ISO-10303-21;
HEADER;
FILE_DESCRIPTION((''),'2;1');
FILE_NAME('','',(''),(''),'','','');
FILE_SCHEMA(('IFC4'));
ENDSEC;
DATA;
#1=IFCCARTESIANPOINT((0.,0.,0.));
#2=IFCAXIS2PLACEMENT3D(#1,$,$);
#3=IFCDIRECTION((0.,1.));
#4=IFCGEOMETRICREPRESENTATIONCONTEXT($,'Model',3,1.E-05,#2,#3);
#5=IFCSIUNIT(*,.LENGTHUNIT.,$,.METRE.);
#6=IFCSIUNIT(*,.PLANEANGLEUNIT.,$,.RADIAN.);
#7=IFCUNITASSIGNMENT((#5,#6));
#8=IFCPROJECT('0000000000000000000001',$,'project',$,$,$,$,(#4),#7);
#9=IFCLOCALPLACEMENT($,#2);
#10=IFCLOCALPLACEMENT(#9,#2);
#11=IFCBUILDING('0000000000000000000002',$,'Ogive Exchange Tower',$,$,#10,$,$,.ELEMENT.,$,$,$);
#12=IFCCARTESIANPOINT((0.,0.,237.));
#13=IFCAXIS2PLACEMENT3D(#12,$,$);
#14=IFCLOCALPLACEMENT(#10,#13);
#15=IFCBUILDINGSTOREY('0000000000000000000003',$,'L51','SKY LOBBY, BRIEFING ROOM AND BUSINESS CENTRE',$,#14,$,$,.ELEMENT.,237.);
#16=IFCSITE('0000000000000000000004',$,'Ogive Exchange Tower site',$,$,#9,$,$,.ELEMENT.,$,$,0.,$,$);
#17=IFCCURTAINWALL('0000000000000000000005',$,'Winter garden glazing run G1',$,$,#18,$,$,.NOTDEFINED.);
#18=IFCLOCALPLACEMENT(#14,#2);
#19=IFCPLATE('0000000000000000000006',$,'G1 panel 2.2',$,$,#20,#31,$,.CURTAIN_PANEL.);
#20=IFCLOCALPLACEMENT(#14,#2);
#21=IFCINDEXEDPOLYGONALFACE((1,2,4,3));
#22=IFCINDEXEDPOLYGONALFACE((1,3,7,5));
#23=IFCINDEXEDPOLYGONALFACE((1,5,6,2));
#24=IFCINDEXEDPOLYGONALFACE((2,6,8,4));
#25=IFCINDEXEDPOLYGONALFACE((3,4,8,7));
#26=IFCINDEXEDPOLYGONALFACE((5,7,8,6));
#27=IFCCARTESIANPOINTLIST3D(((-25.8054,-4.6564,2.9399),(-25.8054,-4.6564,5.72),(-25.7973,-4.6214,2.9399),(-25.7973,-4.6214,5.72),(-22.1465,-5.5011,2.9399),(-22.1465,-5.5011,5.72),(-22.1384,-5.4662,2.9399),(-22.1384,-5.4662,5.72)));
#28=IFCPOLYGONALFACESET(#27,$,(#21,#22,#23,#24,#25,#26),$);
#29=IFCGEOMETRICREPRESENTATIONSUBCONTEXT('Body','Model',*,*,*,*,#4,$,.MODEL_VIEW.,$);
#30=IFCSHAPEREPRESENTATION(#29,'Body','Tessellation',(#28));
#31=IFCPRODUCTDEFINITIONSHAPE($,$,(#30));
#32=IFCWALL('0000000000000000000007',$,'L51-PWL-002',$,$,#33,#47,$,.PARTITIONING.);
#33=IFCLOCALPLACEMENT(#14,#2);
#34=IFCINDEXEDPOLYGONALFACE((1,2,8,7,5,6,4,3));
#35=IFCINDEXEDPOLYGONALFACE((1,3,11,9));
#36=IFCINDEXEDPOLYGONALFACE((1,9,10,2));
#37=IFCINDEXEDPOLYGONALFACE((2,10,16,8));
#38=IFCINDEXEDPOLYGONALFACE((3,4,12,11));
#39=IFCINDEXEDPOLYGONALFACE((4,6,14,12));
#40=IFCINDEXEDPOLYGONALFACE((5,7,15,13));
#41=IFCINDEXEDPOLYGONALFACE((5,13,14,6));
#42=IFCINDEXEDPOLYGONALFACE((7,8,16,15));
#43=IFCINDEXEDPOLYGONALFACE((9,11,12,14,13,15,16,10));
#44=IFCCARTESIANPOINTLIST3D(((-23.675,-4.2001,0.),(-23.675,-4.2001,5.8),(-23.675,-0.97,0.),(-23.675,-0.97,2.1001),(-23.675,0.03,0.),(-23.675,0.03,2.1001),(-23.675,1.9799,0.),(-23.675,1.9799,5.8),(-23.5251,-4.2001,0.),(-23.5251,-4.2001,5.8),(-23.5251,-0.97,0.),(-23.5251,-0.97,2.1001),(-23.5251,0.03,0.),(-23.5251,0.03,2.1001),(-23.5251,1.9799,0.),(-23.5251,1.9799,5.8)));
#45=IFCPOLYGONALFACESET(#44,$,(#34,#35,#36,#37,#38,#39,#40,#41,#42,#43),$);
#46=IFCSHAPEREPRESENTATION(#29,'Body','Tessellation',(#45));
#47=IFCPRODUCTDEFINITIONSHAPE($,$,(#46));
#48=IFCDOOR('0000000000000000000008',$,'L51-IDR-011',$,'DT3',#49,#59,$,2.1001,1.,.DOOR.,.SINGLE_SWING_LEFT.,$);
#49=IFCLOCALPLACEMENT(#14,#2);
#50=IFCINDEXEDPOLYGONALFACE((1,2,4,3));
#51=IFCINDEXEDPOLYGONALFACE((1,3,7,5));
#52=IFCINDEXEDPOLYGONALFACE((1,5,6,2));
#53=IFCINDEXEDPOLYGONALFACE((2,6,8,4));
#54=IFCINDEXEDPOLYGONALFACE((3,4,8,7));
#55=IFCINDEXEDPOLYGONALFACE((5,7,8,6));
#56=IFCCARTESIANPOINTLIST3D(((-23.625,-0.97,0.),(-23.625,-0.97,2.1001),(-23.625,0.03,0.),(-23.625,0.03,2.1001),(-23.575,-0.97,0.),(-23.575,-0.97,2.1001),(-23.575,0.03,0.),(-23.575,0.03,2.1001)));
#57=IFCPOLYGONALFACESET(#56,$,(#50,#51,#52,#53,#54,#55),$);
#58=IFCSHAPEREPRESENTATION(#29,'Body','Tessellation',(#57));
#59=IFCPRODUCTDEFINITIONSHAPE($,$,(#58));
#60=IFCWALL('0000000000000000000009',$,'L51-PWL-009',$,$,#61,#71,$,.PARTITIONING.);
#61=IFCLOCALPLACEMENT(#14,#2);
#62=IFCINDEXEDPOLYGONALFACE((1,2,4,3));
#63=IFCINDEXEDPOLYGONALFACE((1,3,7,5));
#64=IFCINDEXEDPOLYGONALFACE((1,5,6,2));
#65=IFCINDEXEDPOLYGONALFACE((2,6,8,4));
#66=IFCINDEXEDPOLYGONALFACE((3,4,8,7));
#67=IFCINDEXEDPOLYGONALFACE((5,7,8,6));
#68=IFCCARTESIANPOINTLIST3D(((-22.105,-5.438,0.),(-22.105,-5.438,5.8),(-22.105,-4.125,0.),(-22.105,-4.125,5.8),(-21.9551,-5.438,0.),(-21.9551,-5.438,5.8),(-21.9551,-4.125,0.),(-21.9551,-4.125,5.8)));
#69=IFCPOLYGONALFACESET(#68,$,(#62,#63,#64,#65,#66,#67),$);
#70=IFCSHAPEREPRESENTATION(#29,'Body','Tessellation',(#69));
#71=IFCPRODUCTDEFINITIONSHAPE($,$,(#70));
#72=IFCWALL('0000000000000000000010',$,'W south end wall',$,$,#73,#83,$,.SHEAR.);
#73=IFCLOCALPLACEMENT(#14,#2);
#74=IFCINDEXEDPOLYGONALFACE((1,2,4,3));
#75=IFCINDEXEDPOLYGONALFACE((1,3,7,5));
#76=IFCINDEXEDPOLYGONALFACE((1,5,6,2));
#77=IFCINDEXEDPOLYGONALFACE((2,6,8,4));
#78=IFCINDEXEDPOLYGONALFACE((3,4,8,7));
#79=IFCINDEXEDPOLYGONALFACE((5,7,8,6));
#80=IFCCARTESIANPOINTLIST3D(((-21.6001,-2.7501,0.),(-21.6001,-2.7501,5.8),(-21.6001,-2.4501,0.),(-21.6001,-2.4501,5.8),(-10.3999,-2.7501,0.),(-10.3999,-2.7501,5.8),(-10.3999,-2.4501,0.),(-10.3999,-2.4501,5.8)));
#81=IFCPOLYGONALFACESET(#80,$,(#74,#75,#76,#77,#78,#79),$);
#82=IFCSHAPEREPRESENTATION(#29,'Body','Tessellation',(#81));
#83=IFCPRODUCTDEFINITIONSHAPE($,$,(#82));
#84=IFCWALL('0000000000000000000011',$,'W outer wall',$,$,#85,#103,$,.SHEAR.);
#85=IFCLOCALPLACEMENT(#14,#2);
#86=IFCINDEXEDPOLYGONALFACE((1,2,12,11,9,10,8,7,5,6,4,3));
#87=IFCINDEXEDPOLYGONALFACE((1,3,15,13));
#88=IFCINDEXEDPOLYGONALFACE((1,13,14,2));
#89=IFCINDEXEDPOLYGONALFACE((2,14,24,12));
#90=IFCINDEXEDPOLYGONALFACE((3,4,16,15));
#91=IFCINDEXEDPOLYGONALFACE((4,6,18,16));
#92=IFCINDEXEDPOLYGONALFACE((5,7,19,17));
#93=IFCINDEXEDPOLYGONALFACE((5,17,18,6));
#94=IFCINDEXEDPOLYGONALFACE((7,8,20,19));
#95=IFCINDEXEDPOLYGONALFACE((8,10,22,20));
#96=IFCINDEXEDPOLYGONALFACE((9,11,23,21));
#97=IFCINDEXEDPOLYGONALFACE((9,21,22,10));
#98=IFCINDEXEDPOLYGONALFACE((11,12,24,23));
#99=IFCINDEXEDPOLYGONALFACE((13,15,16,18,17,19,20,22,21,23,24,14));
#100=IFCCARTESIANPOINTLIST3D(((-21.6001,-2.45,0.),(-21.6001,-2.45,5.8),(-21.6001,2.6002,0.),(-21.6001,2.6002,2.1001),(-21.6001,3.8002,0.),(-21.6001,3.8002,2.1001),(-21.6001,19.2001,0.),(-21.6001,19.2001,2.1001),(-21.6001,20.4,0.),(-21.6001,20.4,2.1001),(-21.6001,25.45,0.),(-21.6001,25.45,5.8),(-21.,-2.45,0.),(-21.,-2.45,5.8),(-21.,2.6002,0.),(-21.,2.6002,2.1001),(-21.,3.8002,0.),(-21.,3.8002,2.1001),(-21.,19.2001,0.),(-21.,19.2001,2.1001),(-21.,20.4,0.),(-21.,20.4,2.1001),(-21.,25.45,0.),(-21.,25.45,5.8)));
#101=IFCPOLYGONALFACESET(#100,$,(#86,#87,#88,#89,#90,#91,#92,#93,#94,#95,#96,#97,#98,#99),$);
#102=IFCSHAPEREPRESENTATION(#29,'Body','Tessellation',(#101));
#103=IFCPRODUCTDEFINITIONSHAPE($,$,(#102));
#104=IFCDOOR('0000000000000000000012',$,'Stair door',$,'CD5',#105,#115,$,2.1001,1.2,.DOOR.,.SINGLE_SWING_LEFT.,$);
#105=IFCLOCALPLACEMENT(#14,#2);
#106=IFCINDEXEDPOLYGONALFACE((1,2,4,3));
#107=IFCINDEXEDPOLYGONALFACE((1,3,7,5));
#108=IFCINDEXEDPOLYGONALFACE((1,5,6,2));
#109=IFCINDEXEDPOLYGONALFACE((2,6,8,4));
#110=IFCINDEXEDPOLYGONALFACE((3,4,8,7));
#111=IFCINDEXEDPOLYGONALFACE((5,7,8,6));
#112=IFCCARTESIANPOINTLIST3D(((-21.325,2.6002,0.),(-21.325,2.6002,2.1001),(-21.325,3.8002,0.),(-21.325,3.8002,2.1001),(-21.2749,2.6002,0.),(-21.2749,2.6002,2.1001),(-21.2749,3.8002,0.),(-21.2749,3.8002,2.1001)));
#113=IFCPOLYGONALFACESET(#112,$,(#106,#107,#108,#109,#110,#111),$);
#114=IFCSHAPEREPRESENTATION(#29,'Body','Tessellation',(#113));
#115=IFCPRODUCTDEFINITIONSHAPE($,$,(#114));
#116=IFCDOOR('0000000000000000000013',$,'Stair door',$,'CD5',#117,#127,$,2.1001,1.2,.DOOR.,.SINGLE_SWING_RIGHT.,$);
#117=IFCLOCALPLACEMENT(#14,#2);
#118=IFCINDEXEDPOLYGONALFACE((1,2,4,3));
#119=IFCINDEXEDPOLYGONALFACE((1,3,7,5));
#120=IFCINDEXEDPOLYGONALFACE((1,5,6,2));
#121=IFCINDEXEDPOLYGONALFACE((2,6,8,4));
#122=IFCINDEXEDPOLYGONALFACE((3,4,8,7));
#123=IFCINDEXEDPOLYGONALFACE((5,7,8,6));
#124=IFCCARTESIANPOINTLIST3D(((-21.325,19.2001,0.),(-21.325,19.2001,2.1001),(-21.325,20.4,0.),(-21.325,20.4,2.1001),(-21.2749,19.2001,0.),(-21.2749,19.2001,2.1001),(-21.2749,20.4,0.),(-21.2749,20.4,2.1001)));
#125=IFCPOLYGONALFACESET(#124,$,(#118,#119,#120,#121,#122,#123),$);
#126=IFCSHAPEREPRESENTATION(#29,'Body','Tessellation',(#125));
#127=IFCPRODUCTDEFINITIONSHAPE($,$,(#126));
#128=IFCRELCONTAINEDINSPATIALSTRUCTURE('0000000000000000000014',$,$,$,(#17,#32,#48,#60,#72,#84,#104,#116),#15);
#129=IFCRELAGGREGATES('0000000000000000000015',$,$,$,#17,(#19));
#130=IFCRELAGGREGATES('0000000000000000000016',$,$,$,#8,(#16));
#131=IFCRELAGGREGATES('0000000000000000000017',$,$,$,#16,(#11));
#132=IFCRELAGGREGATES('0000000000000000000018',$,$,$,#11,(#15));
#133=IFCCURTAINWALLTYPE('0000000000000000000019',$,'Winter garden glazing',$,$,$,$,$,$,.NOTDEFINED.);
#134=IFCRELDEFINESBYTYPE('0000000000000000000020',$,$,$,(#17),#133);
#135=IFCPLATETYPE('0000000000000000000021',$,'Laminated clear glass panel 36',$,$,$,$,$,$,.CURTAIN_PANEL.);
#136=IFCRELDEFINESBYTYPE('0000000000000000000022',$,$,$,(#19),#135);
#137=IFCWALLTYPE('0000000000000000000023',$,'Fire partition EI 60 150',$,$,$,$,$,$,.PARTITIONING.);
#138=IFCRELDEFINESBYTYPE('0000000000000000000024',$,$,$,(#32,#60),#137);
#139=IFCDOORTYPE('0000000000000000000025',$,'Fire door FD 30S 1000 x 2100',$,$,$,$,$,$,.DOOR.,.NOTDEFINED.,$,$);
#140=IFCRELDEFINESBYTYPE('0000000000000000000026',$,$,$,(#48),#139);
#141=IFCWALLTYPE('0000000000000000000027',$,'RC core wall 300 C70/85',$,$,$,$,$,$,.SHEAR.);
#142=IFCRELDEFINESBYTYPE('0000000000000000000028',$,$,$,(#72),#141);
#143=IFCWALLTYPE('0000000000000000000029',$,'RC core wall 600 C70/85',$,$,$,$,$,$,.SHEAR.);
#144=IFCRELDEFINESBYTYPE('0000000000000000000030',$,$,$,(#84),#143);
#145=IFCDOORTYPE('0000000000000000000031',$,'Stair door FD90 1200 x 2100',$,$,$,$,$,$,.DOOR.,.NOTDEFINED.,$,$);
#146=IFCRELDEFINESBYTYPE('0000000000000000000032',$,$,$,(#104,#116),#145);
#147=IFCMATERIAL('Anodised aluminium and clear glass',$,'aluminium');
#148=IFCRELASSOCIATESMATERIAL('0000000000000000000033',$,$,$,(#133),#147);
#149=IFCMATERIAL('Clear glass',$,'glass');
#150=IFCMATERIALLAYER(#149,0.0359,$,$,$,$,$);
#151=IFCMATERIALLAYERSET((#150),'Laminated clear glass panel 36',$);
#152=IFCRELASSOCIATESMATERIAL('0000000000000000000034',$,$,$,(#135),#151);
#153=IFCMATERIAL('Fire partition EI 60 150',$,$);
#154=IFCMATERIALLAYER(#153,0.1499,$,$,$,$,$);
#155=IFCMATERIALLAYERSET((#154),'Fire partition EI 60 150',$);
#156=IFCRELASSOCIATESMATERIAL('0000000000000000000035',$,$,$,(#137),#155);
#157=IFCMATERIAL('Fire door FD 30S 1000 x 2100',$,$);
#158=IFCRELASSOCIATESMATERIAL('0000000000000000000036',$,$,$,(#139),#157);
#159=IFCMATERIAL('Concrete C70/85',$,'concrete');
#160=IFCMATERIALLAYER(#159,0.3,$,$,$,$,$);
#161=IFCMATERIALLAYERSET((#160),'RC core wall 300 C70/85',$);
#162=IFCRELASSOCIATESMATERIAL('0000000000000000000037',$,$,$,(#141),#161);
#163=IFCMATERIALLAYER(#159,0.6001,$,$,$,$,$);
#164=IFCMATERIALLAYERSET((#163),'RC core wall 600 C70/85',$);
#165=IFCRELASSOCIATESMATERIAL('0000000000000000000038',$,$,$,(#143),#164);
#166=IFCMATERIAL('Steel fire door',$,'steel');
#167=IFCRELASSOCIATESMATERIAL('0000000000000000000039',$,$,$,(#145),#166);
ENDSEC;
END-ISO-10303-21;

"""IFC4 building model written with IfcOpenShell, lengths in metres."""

from ifc_helpers import new_model, si_unit, direction, frame, frame_2d, origin, origin_2d, place, context, subcontext, project, spatial, rectangle, extrude, material, layer, layer_set, type_object, element, fill, aggregate, save


model = new_model("IFC4")

# Units and contexts
model_context = context("Model", 3, precision=1e-05, world=origin(), true_north=direction((0.0, 1.0)))
body_context = subcontext(model_context, "Body", "Model", "MODEL_VIEW")
ifc_project = project(units=[si_unit("LENGTHUNIT", "METRE"), si_unit("PLANEANGLEUNIT", "RADIAN")], contexts=[model_context])

# Site, building, storey
site_placement = place(None, origin())
site = spatial("IfcSite", under=ifc_project, at=site_placement, Name="Ogive Exchange Tower site", CompositionType="ELEMENT", RefElevation=0.0)
building_placement = place(site_placement, origin())
building = spatial("IfcBuilding", under=site, at=building_placement, Name="Ogive Exchange Tower", CompositionType="ELEMENT")
storey_placement = place(building_placement, frame((0.0, 0.0, 237.0)))
storey = spatial("IfcBuildingStorey", under=building, at=storey_placement, Name="L51", Description="SKY LOBBY, BRIEFING ROOM AND BUSINESS CENTRE", CompositionType="ELEMENT", Elevation=237.0)

# Curtain wall, plate
ifc_material_1 = material(Name="Anodised aluminium and clear glass", Category="aluminium")
curtain_wall_type = type_object("IfcCurtainWallType", Name="Winter garden glazing", PredefinedType="NOTDEFINED", material=ifc_material_1)
curtain_wall_placement = place(storey_placement, origin())
curtain_wall = element("IfcCurtainWall", 1, at=curtain_wall_placement, inside=storey, type_object=curtain_wall_type, Name="Winter garden glazing run G1", PredefinedType="NOTDEFINED")
ifc_material_2 = material(Name="Clear glass", Category="glass")
ifc_layer_1 = layer(ifc_material_2, 0.0359)
ifc_layer_set_1 = layer_set([ifc_layer_1], Name="Laminated clear glass panel 36")
plate_type = type_object("IfcPlateType", Name="Laminated clear glass panel 36", PredefinedType="CURTAIN_PANEL", material=ifc_layer_set_1)
plate_1_placement = place(storey_placement, frame((-23.9719, -5.0613, 2.9399), z_axis=(0.0, 0.0, 1.0), x_axis=(0.974369, -0.224954, 0.0)))
plate_1 = element("IfcPlate", 2, at=plate_1_placement, type_object=plate_type, Name="G1 panel 2.2", PredefinedType="CURTAIN_PANEL", context=body_context, shape_type="SweptSolid", body=[
    extrude(rectangle(XDim=3.7551, YDim=0.0359, at=origin_2d()), origin(), (0.0, 0.0, 1.0), 2.78),
])
aggregate(curtain_wall, [plate_1])

# Wall, opening, door
ifc_material_3 = material(Name="Fire partition EI 60 150")
ifc_layer_2 = layer(ifc_material_3, 0.1499)
ifc_layer_set_2 = layer_set([ifc_layer_2], Name="Fire partition EI 60 150")
wall_type_1 = type_object("IfcWallType", Name="Fire partition EI 60 150", PredefinedType="PARTITIONING", material=ifc_layer_set_2)
wall_1_placement = place(storey_placement, frame((-23.6001, -4.2, 0.0), z_axis=(0.0, 0.0, 1.0), x_axis=(0.0, 1.0, 0.0)))
wall_1 = element("IfcWall", 3, at=wall_1_placement, inside=storey, type_object=wall_type_1, Name="L51-PWL-002", PredefinedType="PARTITIONING", context=body_context, shape_type="SweptSolid", body=[
    extrude(rectangle(XDim=6.1799, YDim=0.1499, at=frame_2d((3.0898, 0.0))), origin(), (0.0, 0.0, 1.0), 5.8),
])
opening_1_placement = place(wall_1_placement, frame((3.23, 0.0, 0.0)))
opening_1 = element("IfcOpeningElement", 4, at=opening_1_placement, cuts=wall_1, PredefinedType="OPENING", context=body_context, shape_type="SweptSolid", body=[
    extrude(rectangle(XDim=1.0, YDim=2.1001, at=frame_2d((0.5, 1.05))), frame((0.0, 0.085, 0.0), z_axis=(0.0, -1.0, 0.0), x_axis=(1.0, 0.0, 0.0)), (0.0, 0.0, 1.0), 0.1699),
])
ifc_material_4 = material(Name="Fire door FD 30S 1000 x 2100")
door_type_1 = type_object("IfcDoorType", Name="Fire door FD 30S 1000 x 2100", OperationType="NOTDEFINED", PredefinedType="DOOR", material=ifc_material_4)
door_1_placement = place(opening_1_placement, origin())
door_1 = element("IfcDoor", 5, at=door_1_placement, inside=storey, type_object=door_type_1, Name="L51-IDR-011", ObjectType="DT3", OperationType="SINGLE_SWING_LEFT", OverallHeight=2.1001, OverallWidth=1.0, PredefinedType="DOOR", context=body_context, shape_type="SweptSolid", body=[
    extrude(rectangle(XDim=1.0, YDim=2.1001, at=frame_2d((0.5, 1.05))), frame((0.0, 0.0249, 0.0), z_axis=(0.0, -1.0, 0.0), x_axis=(1.0, 0.0, 0.0)), (0.0, 0.0, 1.0), 0.05),
])
fill(opening_1, door_1)

# Walls
wall_2_placement = place(storey_placement, frame((-22.03, -4.125, 0.0), z_axis=(0.0, 0.0, 1.0), x_axis=(0.0, -1.0, 0.0)))
element("IfcWall", 6, at=wall_2_placement, inside=storey, type_object=wall_type_1, Name="L51-PWL-009", PredefinedType="PARTITIONING", context=body_context, shape_type="SweptSolid", body=[
    extrude(rectangle(XDim=1.313, YDim=0.1499, at=frame_2d((0.6565, 0.0))), origin(), (0.0, 0.0, 1.0), 5.8),
])
ifc_material_5 = material(Name="Concrete C70/85", Category="concrete")
ifc_layer_3 = layer(ifc_material_5, 0.3)
ifc_layer_set_3 = layer_set([ifc_layer_3], Name="RC core wall 300 C70/85")
wall_type_2 = type_object("IfcWallType", Name="RC core wall 300 C70/85", PredefinedType="SHEAR", material=ifc_layer_set_3)
wall_3_placement = place(storey_placement, frame((-21.6001, -2.6001, 0.0), z_axis=(0.0, 0.0, 1.0), x_axis=(1.0, 0.0, 0.0)))
element("IfcWall", 7, at=wall_3_placement, inside=storey, type_object=wall_type_2, Name="W south end wall", PredefinedType="SHEAR", context=body_context, shape_type="SweptSolid", body=[
    extrude(rectangle(XDim=11.2002, YDim=0.3, at=frame_2d((5.6001, 0.0))), origin(), (0.0, 0.0, 1.0), 5.8),
])

# Wall, openings, doors
ifc_layer_4 = layer(ifc_material_5, 0.6001)
ifc_layer_set_4 = layer_set([ifc_layer_4], Name="RC core wall 600 C70/85")
wall_type_3 = type_object("IfcWallType", Name="RC core wall 600 C70/85", PredefinedType="SHEAR", material=ifc_layer_set_4)
wall_4_placement = place(storey_placement, frame((-21.3, -2.45, 0.0), z_axis=(0.0, 0.0, 1.0), x_axis=(0.0, 1.0, 0.0)))
wall_4 = element("IfcWall", 8, at=wall_4_placement, inside=storey, type_object=wall_type_3, Name="W outer wall", PredefinedType="SHEAR", context=body_context, shape_type="SweptSolid", body=[
    extrude(rectangle(XDim=27.8999, YDim=0.6001, at=frame_2d((13.95, 0.0))), origin(), (0.0, 0.0, 1.0), 5.8),
])
opening_2_placement = place(wall_4_placement, frame((5.05, 0.0, 0.0)))
opening_2 = element("IfcOpeningElement", 9, at=opening_2_placement, cuts=wall_4, PredefinedType="OPENING", context=body_context, shape_type="SweptSolid", body=[
    extrude(rectangle(XDim=1.2, YDim=2.1001, at=frame_2d((0.6001, 1.05))), frame((0.0, 0.3101, 0.0), z_axis=(0.0, -1.0, 0.0), x_axis=(1.0, 0.0, 0.0)), (0.0, 0.0, 1.0), 0.6201),
])
opening_3_placement = place(wall_4_placement, frame((21.6499, 0.0, 0.0)))
opening_3 = element("IfcOpeningElement", 10, at=opening_3_placement, cuts=wall_4, PredefinedType="OPENING", context=body_context, shape_type="SweptSolid", body=[
    extrude(rectangle(XDim=1.2, YDim=2.1001, at=frame_2d((0.6001, 1.05))), frame((0.0, 0.3101, 0.0), z_axis=(0.0, -1.0, 0.0), x_axis=(1.0, 0.0, 0.0)), (0.0, 0.0, 1.0), 0.6201),
])
ifc_material_6 = material(Name="Steel fire door", Category="steel")
door_type_2 = type_object("IfcDoorType", Name="Stair door FD90 1200 x 2100", OperationType="NOTDEFINED", PredefinedType="DOOR", material=ifc_material_6)
door_2_placement = place(opening_2_placement, origin())
door_2 = element("IfcDoor", 11, at=door_2_placement, inside=storey, type_object=door_type_2, Name="Stair door", ObjectType="CD5", OperationType="SINGLE_SWING_LEFT", OverallHeight=2.1001, OverallWidth=1.2, PredefinedType="DOOR", context=body_context, shape_type="SweptSolid", body=[
    extrude(rectangle(XDim=1.2, YDim=2.1001, at=frame_2d((0.6001, 1.05))), frame((0.0, 0.0249, 0.0), z_axis=(0.0, -1.0, 0.0), x_axis=(1.0, 0.0, 0.0)), (0.0, 0.0, 1.0), 0.05),
])
fill(opening_2, door_2)
door_3_placement = place(opening_3_placement, origin())
door_3 = element("IfcDoor", 12, at=door_3_placement, inside=storey, type_object=door_type_2, Name="Stair door", ObjectType="CD5", OperationType="SINGLE_SWING_RIGHT", OverallHeight=2.1001, OverallWidth=1.2, PredefinedType="DOOR", context=body_context, shape_type="SweptSolid", body=[
    extrude(rectangle(XDim=1.2, YDim=2.1001, at=frame_2d((0.6001, 1.05))), frame((0.0, 0.0249, 0.0), z_axis=(0.0, -1.0, 0.0), x_axis=(1.0, 0.0, 0.0)), (0.0, 0.0, 1.0), 0.05),
])
fill(opening_3, door_3)

save(model, "model.ifc")
